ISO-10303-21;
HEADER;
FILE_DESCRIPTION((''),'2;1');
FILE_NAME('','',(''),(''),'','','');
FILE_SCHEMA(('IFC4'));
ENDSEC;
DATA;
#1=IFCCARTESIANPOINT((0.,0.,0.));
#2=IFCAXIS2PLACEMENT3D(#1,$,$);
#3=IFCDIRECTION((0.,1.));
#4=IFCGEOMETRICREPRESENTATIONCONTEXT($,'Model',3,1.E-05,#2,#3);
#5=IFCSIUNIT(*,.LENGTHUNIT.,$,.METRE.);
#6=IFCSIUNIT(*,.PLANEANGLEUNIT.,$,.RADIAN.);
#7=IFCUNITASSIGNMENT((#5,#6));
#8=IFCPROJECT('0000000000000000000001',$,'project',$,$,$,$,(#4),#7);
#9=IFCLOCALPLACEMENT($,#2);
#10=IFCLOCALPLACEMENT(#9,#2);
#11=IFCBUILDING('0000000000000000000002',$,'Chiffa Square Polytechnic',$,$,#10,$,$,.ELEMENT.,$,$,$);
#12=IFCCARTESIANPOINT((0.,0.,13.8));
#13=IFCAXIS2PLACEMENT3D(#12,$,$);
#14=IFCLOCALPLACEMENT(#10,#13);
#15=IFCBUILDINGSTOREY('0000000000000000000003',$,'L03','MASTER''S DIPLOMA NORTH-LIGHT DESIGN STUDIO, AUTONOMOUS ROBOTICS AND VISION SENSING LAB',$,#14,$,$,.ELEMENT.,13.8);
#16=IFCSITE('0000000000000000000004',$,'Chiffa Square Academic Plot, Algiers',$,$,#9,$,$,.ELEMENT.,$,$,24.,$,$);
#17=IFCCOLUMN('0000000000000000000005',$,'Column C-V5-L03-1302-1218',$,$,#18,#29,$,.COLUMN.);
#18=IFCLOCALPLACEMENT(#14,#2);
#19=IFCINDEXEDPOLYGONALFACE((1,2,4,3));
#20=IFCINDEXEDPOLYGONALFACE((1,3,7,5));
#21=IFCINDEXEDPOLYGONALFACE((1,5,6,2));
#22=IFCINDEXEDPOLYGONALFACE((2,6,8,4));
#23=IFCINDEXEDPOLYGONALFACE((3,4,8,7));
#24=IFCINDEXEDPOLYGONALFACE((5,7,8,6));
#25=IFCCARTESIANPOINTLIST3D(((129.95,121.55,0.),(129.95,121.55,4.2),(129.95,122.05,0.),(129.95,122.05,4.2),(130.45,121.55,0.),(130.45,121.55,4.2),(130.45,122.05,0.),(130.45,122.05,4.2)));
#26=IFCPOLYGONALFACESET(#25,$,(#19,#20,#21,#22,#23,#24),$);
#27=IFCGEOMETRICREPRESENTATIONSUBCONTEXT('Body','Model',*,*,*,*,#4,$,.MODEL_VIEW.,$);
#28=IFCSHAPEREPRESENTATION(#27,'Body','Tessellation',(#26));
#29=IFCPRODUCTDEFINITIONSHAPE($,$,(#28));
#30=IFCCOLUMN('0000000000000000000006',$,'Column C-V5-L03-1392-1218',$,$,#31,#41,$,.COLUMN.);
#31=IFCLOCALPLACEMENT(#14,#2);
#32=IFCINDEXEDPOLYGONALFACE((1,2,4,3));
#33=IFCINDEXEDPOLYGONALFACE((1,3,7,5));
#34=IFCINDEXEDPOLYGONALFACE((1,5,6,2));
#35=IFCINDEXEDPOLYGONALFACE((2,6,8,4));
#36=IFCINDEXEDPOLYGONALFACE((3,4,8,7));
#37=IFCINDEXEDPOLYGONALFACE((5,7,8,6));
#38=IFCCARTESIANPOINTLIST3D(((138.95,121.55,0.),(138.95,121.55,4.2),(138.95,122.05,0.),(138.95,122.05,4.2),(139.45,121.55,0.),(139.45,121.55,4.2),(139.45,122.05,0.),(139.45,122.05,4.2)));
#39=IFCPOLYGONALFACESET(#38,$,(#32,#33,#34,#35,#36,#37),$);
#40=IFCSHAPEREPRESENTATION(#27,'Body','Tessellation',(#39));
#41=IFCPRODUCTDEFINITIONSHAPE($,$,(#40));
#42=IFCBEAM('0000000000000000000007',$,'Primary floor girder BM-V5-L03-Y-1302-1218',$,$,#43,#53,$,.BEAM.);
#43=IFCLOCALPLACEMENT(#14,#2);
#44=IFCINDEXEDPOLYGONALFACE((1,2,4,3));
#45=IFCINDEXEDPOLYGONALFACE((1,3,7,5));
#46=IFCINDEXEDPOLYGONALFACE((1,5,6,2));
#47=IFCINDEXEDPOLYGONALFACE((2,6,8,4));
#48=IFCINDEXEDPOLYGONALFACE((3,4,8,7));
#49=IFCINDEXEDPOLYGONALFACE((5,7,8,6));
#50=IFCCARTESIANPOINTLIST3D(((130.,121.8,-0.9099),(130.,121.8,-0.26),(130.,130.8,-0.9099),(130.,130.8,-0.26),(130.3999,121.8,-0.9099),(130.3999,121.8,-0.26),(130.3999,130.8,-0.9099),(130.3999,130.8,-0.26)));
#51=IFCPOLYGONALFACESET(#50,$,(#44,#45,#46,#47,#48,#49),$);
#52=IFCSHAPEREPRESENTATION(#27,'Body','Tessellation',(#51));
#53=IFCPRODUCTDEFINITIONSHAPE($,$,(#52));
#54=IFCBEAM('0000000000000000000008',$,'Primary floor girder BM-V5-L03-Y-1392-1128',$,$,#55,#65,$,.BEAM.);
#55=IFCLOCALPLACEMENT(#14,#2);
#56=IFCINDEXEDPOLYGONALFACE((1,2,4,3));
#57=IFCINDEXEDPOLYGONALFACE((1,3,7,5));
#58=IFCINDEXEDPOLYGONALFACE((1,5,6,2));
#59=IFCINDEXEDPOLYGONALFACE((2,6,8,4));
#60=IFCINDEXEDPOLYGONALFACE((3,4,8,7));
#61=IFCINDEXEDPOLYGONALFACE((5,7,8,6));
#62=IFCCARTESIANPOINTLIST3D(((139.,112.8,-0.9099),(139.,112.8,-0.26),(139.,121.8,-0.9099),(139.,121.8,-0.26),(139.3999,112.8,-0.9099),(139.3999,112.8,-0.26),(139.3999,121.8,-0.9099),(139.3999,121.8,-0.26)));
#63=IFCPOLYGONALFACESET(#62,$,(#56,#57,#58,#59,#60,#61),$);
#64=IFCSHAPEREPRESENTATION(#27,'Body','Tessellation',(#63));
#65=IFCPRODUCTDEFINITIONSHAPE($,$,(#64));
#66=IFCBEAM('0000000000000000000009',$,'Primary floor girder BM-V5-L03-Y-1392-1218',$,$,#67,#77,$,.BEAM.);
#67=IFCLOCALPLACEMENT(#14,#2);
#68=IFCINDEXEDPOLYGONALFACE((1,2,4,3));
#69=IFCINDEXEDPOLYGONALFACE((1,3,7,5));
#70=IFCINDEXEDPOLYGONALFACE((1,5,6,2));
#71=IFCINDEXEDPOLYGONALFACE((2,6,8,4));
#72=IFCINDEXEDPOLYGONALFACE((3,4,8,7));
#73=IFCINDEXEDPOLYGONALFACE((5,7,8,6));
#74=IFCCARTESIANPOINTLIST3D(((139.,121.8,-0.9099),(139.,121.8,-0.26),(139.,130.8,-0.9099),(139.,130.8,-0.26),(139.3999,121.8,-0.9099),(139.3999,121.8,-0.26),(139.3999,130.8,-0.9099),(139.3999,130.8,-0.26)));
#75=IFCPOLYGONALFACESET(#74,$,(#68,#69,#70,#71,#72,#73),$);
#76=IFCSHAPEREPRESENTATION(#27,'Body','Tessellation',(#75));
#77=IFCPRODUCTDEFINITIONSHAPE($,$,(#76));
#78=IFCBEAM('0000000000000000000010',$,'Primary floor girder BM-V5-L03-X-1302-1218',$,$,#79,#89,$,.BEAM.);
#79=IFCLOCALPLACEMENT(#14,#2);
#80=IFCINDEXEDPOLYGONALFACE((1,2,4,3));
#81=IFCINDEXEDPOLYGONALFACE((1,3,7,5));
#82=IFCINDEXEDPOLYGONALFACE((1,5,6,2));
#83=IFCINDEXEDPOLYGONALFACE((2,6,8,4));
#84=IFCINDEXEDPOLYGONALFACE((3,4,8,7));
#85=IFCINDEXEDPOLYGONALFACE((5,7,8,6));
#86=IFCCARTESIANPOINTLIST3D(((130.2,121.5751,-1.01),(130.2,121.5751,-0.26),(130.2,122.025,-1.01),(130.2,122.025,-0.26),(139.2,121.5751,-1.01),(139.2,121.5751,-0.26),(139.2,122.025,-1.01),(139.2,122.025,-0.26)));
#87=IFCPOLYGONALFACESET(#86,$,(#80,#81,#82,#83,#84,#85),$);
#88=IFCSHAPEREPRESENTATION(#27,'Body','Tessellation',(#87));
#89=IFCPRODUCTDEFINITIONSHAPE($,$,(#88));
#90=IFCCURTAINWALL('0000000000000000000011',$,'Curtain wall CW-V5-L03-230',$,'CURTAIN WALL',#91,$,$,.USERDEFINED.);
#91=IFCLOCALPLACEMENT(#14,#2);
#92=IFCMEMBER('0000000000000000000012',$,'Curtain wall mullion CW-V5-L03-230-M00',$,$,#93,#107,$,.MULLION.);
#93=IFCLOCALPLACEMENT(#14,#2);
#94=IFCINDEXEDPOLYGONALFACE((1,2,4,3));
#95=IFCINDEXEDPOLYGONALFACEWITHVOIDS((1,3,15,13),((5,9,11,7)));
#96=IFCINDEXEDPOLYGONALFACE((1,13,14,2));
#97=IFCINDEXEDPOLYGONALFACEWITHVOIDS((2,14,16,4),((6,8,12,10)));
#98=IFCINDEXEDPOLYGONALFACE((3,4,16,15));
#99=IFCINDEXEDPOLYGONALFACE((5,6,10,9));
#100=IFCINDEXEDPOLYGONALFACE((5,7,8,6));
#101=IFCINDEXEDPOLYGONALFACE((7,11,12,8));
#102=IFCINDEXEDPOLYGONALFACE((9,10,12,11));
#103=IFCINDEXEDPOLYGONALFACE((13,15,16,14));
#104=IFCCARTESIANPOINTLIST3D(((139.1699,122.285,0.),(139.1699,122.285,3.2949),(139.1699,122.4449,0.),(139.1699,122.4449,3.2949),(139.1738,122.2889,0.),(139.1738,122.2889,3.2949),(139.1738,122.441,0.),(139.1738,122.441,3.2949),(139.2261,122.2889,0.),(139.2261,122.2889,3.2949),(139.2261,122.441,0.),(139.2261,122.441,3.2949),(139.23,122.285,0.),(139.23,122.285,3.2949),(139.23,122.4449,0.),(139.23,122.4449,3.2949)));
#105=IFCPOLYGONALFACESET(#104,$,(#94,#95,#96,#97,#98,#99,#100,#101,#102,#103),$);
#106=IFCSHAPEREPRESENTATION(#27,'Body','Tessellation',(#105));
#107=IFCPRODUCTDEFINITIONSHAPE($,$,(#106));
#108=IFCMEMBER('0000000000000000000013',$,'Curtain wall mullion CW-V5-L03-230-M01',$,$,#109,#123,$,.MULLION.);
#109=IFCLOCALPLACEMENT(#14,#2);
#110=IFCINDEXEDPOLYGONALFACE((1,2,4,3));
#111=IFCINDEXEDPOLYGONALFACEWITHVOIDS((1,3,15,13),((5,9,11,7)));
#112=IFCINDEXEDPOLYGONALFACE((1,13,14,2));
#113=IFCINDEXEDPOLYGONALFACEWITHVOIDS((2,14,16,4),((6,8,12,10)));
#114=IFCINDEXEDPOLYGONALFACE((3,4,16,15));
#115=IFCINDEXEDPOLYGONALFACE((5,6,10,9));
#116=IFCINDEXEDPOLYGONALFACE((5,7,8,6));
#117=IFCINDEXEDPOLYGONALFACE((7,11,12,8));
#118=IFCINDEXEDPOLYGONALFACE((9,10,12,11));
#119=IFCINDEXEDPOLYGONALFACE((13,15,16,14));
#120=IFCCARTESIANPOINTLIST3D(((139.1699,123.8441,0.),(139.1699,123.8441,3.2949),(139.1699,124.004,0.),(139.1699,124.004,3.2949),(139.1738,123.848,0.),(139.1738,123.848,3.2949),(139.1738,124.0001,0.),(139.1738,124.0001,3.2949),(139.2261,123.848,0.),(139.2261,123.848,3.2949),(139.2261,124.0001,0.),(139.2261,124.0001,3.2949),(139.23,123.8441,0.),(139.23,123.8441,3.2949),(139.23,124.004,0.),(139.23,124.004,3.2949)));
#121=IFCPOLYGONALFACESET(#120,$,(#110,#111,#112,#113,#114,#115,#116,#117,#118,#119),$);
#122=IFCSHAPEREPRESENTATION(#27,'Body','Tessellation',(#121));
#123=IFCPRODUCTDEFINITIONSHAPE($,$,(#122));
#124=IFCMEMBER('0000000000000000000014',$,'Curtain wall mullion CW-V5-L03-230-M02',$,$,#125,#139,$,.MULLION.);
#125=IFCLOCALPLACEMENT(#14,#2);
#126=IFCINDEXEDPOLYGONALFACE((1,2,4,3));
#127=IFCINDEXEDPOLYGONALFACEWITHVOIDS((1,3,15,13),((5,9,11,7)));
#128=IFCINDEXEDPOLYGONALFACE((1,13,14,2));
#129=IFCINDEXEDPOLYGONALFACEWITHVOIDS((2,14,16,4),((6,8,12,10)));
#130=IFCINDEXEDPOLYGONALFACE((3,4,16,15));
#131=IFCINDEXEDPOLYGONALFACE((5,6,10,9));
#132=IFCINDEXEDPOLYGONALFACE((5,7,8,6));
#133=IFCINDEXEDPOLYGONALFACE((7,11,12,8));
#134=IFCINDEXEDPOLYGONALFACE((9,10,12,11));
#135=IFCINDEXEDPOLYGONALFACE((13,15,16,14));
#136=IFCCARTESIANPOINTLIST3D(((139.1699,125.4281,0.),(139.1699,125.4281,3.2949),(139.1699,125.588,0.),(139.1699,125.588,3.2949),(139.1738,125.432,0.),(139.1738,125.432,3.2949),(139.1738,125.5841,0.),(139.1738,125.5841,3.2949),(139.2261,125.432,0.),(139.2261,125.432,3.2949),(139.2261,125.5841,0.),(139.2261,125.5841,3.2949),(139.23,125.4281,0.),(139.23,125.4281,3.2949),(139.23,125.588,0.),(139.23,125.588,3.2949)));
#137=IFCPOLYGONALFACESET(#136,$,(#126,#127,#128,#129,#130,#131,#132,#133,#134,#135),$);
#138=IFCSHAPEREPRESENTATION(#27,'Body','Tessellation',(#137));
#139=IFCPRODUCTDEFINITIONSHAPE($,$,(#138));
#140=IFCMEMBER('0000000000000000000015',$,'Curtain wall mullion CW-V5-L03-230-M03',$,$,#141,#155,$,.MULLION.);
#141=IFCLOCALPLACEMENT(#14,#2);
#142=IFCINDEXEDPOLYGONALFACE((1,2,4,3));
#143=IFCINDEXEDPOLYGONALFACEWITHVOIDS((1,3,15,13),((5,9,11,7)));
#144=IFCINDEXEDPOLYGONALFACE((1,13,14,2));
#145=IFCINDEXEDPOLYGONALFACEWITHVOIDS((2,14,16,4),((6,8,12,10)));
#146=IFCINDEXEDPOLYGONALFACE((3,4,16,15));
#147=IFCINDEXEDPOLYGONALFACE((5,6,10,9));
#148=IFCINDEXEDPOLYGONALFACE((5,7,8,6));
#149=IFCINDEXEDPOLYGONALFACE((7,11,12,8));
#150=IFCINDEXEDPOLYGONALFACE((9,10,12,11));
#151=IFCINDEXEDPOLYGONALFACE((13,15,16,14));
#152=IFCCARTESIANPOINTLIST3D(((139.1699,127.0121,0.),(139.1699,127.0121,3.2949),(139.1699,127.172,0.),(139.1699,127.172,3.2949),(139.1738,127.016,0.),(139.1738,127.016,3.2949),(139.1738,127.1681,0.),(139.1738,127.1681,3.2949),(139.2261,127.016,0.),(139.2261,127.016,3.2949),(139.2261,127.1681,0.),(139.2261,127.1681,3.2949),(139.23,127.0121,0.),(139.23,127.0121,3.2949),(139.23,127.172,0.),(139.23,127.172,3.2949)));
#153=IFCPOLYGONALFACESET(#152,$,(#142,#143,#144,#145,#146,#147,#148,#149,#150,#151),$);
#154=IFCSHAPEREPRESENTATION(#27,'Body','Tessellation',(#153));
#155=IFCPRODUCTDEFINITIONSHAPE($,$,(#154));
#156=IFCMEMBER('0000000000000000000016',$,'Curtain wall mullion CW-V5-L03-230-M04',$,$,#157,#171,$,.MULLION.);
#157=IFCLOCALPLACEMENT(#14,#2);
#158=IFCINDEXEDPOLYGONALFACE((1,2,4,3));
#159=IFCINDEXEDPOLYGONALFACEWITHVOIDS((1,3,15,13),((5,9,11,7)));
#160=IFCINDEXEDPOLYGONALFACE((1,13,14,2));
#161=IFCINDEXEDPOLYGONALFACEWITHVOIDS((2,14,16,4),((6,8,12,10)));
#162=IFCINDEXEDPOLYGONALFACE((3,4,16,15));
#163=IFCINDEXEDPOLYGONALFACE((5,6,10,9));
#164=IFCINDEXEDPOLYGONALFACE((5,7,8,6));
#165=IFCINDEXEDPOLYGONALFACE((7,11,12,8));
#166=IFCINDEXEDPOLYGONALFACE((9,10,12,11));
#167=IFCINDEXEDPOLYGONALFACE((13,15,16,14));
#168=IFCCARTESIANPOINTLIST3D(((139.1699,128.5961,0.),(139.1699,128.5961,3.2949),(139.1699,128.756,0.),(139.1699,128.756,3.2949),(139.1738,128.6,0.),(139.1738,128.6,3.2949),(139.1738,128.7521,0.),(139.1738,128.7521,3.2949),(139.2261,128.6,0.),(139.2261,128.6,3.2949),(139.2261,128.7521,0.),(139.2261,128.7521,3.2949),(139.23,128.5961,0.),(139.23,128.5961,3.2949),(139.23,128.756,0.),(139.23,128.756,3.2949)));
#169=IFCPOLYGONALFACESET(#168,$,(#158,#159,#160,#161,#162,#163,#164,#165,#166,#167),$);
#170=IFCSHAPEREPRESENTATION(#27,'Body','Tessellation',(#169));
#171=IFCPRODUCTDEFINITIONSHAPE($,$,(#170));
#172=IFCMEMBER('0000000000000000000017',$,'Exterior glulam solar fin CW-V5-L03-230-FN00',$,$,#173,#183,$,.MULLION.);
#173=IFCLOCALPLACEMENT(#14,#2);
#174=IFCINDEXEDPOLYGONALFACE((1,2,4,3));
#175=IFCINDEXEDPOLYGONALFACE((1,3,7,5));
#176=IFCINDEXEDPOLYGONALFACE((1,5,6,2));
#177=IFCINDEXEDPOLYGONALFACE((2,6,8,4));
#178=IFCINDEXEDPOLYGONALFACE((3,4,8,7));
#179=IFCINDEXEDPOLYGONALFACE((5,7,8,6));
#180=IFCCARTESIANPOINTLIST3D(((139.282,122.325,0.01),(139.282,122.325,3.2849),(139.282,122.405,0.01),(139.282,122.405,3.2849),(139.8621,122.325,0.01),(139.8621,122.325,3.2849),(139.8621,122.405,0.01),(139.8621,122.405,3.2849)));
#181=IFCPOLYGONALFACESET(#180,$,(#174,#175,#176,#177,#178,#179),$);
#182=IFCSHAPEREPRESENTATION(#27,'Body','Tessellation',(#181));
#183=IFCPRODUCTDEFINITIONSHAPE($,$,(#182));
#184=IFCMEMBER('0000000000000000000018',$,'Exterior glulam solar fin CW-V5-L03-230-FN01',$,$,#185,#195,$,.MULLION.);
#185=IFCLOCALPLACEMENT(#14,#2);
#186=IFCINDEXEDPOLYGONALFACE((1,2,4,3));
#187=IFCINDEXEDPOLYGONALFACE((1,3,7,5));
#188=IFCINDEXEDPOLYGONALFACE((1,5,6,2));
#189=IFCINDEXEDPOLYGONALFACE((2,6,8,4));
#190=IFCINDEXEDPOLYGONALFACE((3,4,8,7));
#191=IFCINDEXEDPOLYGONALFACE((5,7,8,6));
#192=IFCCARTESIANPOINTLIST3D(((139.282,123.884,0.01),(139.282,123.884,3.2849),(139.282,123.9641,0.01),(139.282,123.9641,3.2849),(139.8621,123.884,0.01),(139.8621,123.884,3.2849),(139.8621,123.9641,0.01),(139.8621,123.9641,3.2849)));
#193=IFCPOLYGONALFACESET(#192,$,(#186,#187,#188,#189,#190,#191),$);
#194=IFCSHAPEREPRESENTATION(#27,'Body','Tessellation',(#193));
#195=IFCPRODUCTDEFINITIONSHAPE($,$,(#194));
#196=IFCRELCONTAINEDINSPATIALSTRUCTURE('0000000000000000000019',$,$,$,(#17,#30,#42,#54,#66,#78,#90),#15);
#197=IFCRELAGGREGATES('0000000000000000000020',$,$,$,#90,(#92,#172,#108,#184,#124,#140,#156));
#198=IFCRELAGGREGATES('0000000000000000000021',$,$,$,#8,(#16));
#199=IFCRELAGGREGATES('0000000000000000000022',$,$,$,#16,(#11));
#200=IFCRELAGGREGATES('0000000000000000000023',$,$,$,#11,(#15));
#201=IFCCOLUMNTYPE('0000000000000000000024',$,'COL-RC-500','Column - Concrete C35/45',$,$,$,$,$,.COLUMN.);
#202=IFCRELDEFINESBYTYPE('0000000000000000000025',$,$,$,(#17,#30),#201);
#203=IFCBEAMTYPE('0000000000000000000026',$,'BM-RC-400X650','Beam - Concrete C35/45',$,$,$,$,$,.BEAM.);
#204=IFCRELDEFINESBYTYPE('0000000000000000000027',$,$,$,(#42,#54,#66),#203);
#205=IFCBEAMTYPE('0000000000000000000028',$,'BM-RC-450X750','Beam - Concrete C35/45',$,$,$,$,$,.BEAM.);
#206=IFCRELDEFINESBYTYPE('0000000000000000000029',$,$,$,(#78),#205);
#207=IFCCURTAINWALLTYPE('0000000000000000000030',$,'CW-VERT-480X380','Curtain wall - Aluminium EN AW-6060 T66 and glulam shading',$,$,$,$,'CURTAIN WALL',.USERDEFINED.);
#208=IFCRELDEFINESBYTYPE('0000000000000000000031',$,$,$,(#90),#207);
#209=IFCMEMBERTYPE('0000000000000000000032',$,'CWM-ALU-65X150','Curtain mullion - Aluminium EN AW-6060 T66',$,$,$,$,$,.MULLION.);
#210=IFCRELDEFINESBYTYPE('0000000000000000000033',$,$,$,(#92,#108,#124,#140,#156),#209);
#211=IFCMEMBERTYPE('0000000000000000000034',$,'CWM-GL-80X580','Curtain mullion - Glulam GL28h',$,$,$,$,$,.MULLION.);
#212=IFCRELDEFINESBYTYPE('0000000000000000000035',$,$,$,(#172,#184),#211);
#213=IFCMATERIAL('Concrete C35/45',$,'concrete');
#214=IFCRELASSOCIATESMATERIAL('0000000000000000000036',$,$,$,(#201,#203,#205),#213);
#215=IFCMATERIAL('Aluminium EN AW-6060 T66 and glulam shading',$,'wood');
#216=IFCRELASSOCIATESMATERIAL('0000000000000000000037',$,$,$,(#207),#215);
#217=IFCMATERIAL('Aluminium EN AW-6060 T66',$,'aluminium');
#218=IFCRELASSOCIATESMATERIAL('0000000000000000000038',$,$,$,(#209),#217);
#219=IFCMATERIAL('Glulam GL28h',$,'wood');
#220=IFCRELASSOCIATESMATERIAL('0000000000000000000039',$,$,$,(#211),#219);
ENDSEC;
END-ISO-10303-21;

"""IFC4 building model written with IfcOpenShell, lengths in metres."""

from ifc_helpers import new_model, si_unit, direction, frame, origin, origin_2d, place, context, subcontext, project, spatial, rectangle, hollow_rectangle, extrude, material, material_profile, profile_set, type_object, element, aggregate, save


model = new_model("IFC4")

# Units and contexts
model_context = context("Model", 3, precision=1e-05, world=origin(), true_north=direction((0.0, 1.0)))
body_context = subcontext(model_context, "Body", "Model", "MODEL_VIEW")
ifc_project = project(units=[si_unit("LENGTHUNIT", "METRE"), si_unit("PLANEANGLEUNIT", "RADIAN")], contexts=[model_context])

# Site, building, storey
site_placement = place(None, origin())
site = spatial("IfcSite", under=ifc_project, at=site_placement, Name="Chiffa Square Academic Plot, Algiers", CompositionType="ELEMENT", RefElevation=24.0)
building_placement = place(site_placement, origin())
building = spatial("IfcBuilding", under=site, at=building_placement, Name="Chiffa Square Polytechnic", CompositionType="ELEMENT")
storey_placement = place(building_placement, frame((0.0, 0.0, 13.8)))
storey = spatial("IfcBuildingStorey", under=building, at=storey_placement, Name="L03", Description="MASTER'S DIPLOMA NORTH-LIGHT DESIGN STUDIO, AUTONOMOUS ROBOTICS AND VISION SENSING LAB", CompositionType="ELEMENT", Elevation=13.8)

# Columns
ifc_material_1 = material(Name="Concrete C35/45", Category="concrete")
ifc_material_profile_1 = material_profile(ifc_material_1, rectangle(XDim=0.5, YDim=0.5, at=origin_2d()), Name="RC 500x500")
ifc_profile_set_1 = profile_set([ifc_material_profile_1], Name="Concrete C35/45")
column_type = type_object("IfcColumnType", Name="COL-RC-500", Description="Column - Concrete C35/45", PredefinedType="COLUMN", material=ifc_profile_set_1)
for number, where, z_axis, x_axis, name in (
    (1, (130.2, 121.8, 0.0), (0.0, 0.0, 1.0), (1.0, 0.0, 0.0), "Column C-V5-L03-1302-1218"),
    (2, (139.2, 121.8, 0.0), (0.0, 0.0, 1.0), (1.0, 0.0, 0.0), "Column C-V5-L03-1392-1218"),
):
    element("IfcColumn", number, at=place(storey_placement, frame(where, z_axis=z_axis, x_axis=x_axis)), inside=storey, type_object=column_type, Name=name, PredefinedType="COLUMN", context=body_context, shape_type="SweptSolid", body=[
        extrude(rectangle(XDim=0.5, YDim=0.5, at=origin_2d()), origin(), (0.0, 0.0, 1.0), 4.2),
    ])

# Beams
ifc_material_profile_2 = material_profile(ifc_material_1, rectangle(XDim=0.3999, YDim=0.6499, at=origin_2d()), Name="RC 400x650")
ifc_profile_set_2 = profile_set([ifc_material_profile_2], Name="Concrete C35/45")
beam_type_1 = type_object("IfcBeamType", Name="BM-RC-400X650", Description="Beam - Concrete C35/45", PredefinedType="BEAM", material=ifc_profile_set_2)
for number, where, z_axis, x_axis, name in (
    (3, (130.2, 121.8, -0.585), (0.0, 1.0, 0.0), (-1.0, 0.0, 0.0), "Primary floor girder BM-V5-L03-Y-1302-1218"),
    (4, (139.2, 112.8, -0.585), (0.0, 1.0, 0.0), (-1.0, 0.0, 0.0), "Primary floor girder BM-V5-L03-Y-1392-1128"),
    (5, (139.2, 121.8, -0.585), (0.0, 1.0, 0.0), (-1.0, 0.0, 0.0), "Primary floor girder BM-V5-L03-Y-1392-1218"),
):
    element("IfcBeam", number, at=place(storey_placement, frame(where, z_axis=z_axis, x_axis=x_axis)), inside=storey, type_object=beam_type_1, Name=name, PredefinedType="BEAM", context=body_context, shape_type="SweptSolid", body=[
        extrude(rectangle(XDim=0.3999, YDim=0.6499, at=origin_2d()), origin(), (0.0, 0.0, 1.0), 9.0),
    ])
ifc_material_profile_3 = material_profile(ifc_material_1, rectangle(XDim=0.45, YDim=0.75, at=origin_2d()), Name="RC 450x750")
ifc_profile_set_3 = profile_set([ifc_material_profile_3], Name="Concrete C35/45")
beam_type_2 = type_object("IfcBeamType", Name="BM-RC-450X750", Description="Beam - Concrete C35/45", PredefinedType="BEAM", material=ifc_profile_set_3)
beam_placement = place(storey_placement, frame((130.2, 121.8, -0.635), z_axis=(1.0, 0.0, 0.0), x_axis=(0.0, 1.0, 0.0)))
element("IfcBeam", 6, at=beam_placement, inside=storey, type_object=beam_type_2, Name="Primary floor girder BM-V5-L03-X-1302-1218", PredefinedType="BEAM", context=body_context, shape_type="SweptSolid", body=[
    extrude(rectangle(XDim=0.45, YDim=0.75, at=origin_2d()), origin(), (0.0, 0.0, 1.0), 9.0),
])

# Curtain wall, members
ifc_material_2 = material(Name="Aluminium EN AW-6060 T66 and glulam shading", Category="wood")
curtain_wall_type = type_object("IfcCurtainWallType", Name="CW-VERT-480X380", Description="Curtain wall - Aluminium EN AW-6060 T66 and glulam shading", ElementType="CURTAIN WALL", PredefinedType="USERDEFINED", material=ifc_material_2)
curtain_wall_placement = place(storey_placement, origin())
curtain_wall = element("IfcCurtainWall", 7, at=curtain_wall_placement, inside=storey, type_object=curtain_wall_type, Name="Curtain wall CW-V5-L03-230", ObjectType="CURTAIN WALL", PredefinedType="USERDEFINED")
ifc_material_3 = material(Name="Aluminium EN AW-6060 T66", Category="aluminium")
ifc_material_profile_4 = material_profile(ifc_material_3, hollow_rectangle(XDim=0.0601, YDim=0.1599, WallThickness=0.0039, at=origin_2d()), Name="ALU 60x160x4")
ifc_profile_set_4 = profile_set([ifc_material_profile_4], Name="Aluminium EN AW-6060 T66")
member_type_1 = type_object("IfcMemberType", Name="CWM-ALU-65X150", Description="Curtain mullion - Aluminium EN AW-6060 T66", PredefinedType="MULLION", material=ifc_profile_set_4)
member_1_placement = place(storey_placement, frame((139.2, 122.365, 0.0), z_axis=(0.0, 0.0, 1.0), x_axis=(1.0, 0.0, 0.0)))
member_1 = element("IfcMember", 8, at=member_1_placement, type_object=member_type_1, Name="Curtain wall mullion CW-V5-L03-230-M00", PredefinedType="MULLION", context=body_context, shape_type="SweptSolid", body=[
    extrude(hollow_rectangle(XDim=0.0601, YDim=0.1599, WallThickness=0.0039, at=origin_2d()), origin(), (0.0, 0.0, 1.0), 3.2949),
])
member_2_placement = place(storey_placement, frame((139.2, 123.9241, 0.0), z_axis=(0.0, 0.0, 1.0), x_axis=(1.0, 0.0, 0.0)))
member_2 = element("IfcMember", 9, at=member_2_placement, type_object=member_type_1, Name="Curtain wall mullion CW-V5-L03-230-M01", PredefinedType="MULLION", context=body_context, shape_type="SweptSolid", body=[
    extrude(hollow_rectangle(XDim=0.0601, YDim=0.1599, WallThickness=0.0039, at=origin_2d()), origin(), (0.0, 0.0, 1.0), 3.2949),
])
member_3_placement = place(storey_placement, frame((139.2, 125.5081, 0.0), z_axis=(0.0, 0.0, 1.0), x_axis=(1.0, 0.0, 0.0)))
member_3 = element("IfcMember", 10, at=member_3_placement, type_object=member_type_1, Name="Curtain wall mullion CW-V5-L03-230-M02", PredefinedType="MULLION", context=body_context, shape_type="SweptSolid", body=[
    extrude(hollow_rectangle(XDim=0.0601, YDim=0.1599, WallThickness=0.0039, at=origin_2d()), origin(), (0.0, 0.0, 1.0), 3.2949),
])
member_4_placement = place(storey_placement, frame((139.2, 127.092, 0.0), z_axis=(0.0, 0.0, 1.0), x_axis=(1.0, 0.0, 0.0)))
member_4 = element("IfcMember", 11, at=member_4_placement, type_object=member_type_1, Name="Curtain wall mullion CW-V5-L03-230-M03", PredefinedType="MULLION", context=body_context, shape_type="SweptSolid", body=[
    extrude(hollow_rectangle(XDim=0.0601, YDim=0.1599, WallThickness=0.0039, at=origin_2d()), origin(), (0.0, 0.0, 1.0), 3.2949),
])
member_5_placement = place(storey_placement, frame((139.2, 128.676, 0.0), z_axis=(0.0, 0.0, 1.0), x_axis=(1.0, 0.0, 0.0)))
member_5 = element("IfcMember", 12, at=member_5_placement, type_object=member_type_1, Name="Curtain wall mullion CW-V5-L03-230-M04", PredefinedType="MULLION", context=body_context, shape_type="SweptSolid", body=[
    extrude(hollow_rectangle(XDim=0.0601, YDim=0.1599, WallThickness=0.0039, at=origin_2d()), origin(), (0.0, 0.0, 1.0), 3.2949),
])
ifc_material_4 = material(Name="Glulam GL28h", Category="wood")
ifc_material_profile_5 = material_profile(ifc_material_4, rectangle(XDim=0.0801, YDim=0.5801, at=origin_2d()), Name="GL28h 80x580")
ifc_profile_set_5 = profile_set([ifc_material_profile_5], Name="Glulam GL28h")
member_type_2 = type_object("IfcMemberType", Name="CWM-GL-80X580", Description="Curtain mullion - Glulam GL28h", PredefinedType="MULLION", material=ifc_profile_set_5)
member_6_placement = place(storey_placement, frame((139.572, 122.365, 0.01), z_axis=(0.0, 0.0, 1.0), x_axis=(0.0, 1.0, 0.0)))
member_6 = element("IfcMember", 13, at=member_6_placement, type_object=member_type_2, Name="Exterior glulam solar fin CW-V5-L03-230-FN00", PredefinedType="MULLION", context=body_context, shape_type="SweptSolid", body=[
    extrude(rectangle(XDim=0.0801, YDim=0.5801, at=origin_2d()), origin(), (0.0, 0.0, 1.0), 3.2749),
])
member_7_placement = place(storey_placement, frame((139.572, 123.9241, 0.01), z_axis=(0.0, 0.0, 1.0), x_axis=(0.0, 1.0, 0.0)))
member_7 = element("IfcMember", 14, at=member_7_placement, type_object=member_type_2, Name="Exterior glulam solar fin CW-V5-L03-230-FN01", PredefinedType="MULLION", context=body_context, shape_type="SweptSolid", body=[
    extrude(rectangle(XDim=0.0801, YDim=0.5801, at=origin_2d()), origin(), (0.0, 0.0, 1.0), 3.2749),
])

aggregate(curtain_wall, [member_1, member_6, member_2, member_7, member_3, member_4, member_5])

save(model, "model.ifc")
